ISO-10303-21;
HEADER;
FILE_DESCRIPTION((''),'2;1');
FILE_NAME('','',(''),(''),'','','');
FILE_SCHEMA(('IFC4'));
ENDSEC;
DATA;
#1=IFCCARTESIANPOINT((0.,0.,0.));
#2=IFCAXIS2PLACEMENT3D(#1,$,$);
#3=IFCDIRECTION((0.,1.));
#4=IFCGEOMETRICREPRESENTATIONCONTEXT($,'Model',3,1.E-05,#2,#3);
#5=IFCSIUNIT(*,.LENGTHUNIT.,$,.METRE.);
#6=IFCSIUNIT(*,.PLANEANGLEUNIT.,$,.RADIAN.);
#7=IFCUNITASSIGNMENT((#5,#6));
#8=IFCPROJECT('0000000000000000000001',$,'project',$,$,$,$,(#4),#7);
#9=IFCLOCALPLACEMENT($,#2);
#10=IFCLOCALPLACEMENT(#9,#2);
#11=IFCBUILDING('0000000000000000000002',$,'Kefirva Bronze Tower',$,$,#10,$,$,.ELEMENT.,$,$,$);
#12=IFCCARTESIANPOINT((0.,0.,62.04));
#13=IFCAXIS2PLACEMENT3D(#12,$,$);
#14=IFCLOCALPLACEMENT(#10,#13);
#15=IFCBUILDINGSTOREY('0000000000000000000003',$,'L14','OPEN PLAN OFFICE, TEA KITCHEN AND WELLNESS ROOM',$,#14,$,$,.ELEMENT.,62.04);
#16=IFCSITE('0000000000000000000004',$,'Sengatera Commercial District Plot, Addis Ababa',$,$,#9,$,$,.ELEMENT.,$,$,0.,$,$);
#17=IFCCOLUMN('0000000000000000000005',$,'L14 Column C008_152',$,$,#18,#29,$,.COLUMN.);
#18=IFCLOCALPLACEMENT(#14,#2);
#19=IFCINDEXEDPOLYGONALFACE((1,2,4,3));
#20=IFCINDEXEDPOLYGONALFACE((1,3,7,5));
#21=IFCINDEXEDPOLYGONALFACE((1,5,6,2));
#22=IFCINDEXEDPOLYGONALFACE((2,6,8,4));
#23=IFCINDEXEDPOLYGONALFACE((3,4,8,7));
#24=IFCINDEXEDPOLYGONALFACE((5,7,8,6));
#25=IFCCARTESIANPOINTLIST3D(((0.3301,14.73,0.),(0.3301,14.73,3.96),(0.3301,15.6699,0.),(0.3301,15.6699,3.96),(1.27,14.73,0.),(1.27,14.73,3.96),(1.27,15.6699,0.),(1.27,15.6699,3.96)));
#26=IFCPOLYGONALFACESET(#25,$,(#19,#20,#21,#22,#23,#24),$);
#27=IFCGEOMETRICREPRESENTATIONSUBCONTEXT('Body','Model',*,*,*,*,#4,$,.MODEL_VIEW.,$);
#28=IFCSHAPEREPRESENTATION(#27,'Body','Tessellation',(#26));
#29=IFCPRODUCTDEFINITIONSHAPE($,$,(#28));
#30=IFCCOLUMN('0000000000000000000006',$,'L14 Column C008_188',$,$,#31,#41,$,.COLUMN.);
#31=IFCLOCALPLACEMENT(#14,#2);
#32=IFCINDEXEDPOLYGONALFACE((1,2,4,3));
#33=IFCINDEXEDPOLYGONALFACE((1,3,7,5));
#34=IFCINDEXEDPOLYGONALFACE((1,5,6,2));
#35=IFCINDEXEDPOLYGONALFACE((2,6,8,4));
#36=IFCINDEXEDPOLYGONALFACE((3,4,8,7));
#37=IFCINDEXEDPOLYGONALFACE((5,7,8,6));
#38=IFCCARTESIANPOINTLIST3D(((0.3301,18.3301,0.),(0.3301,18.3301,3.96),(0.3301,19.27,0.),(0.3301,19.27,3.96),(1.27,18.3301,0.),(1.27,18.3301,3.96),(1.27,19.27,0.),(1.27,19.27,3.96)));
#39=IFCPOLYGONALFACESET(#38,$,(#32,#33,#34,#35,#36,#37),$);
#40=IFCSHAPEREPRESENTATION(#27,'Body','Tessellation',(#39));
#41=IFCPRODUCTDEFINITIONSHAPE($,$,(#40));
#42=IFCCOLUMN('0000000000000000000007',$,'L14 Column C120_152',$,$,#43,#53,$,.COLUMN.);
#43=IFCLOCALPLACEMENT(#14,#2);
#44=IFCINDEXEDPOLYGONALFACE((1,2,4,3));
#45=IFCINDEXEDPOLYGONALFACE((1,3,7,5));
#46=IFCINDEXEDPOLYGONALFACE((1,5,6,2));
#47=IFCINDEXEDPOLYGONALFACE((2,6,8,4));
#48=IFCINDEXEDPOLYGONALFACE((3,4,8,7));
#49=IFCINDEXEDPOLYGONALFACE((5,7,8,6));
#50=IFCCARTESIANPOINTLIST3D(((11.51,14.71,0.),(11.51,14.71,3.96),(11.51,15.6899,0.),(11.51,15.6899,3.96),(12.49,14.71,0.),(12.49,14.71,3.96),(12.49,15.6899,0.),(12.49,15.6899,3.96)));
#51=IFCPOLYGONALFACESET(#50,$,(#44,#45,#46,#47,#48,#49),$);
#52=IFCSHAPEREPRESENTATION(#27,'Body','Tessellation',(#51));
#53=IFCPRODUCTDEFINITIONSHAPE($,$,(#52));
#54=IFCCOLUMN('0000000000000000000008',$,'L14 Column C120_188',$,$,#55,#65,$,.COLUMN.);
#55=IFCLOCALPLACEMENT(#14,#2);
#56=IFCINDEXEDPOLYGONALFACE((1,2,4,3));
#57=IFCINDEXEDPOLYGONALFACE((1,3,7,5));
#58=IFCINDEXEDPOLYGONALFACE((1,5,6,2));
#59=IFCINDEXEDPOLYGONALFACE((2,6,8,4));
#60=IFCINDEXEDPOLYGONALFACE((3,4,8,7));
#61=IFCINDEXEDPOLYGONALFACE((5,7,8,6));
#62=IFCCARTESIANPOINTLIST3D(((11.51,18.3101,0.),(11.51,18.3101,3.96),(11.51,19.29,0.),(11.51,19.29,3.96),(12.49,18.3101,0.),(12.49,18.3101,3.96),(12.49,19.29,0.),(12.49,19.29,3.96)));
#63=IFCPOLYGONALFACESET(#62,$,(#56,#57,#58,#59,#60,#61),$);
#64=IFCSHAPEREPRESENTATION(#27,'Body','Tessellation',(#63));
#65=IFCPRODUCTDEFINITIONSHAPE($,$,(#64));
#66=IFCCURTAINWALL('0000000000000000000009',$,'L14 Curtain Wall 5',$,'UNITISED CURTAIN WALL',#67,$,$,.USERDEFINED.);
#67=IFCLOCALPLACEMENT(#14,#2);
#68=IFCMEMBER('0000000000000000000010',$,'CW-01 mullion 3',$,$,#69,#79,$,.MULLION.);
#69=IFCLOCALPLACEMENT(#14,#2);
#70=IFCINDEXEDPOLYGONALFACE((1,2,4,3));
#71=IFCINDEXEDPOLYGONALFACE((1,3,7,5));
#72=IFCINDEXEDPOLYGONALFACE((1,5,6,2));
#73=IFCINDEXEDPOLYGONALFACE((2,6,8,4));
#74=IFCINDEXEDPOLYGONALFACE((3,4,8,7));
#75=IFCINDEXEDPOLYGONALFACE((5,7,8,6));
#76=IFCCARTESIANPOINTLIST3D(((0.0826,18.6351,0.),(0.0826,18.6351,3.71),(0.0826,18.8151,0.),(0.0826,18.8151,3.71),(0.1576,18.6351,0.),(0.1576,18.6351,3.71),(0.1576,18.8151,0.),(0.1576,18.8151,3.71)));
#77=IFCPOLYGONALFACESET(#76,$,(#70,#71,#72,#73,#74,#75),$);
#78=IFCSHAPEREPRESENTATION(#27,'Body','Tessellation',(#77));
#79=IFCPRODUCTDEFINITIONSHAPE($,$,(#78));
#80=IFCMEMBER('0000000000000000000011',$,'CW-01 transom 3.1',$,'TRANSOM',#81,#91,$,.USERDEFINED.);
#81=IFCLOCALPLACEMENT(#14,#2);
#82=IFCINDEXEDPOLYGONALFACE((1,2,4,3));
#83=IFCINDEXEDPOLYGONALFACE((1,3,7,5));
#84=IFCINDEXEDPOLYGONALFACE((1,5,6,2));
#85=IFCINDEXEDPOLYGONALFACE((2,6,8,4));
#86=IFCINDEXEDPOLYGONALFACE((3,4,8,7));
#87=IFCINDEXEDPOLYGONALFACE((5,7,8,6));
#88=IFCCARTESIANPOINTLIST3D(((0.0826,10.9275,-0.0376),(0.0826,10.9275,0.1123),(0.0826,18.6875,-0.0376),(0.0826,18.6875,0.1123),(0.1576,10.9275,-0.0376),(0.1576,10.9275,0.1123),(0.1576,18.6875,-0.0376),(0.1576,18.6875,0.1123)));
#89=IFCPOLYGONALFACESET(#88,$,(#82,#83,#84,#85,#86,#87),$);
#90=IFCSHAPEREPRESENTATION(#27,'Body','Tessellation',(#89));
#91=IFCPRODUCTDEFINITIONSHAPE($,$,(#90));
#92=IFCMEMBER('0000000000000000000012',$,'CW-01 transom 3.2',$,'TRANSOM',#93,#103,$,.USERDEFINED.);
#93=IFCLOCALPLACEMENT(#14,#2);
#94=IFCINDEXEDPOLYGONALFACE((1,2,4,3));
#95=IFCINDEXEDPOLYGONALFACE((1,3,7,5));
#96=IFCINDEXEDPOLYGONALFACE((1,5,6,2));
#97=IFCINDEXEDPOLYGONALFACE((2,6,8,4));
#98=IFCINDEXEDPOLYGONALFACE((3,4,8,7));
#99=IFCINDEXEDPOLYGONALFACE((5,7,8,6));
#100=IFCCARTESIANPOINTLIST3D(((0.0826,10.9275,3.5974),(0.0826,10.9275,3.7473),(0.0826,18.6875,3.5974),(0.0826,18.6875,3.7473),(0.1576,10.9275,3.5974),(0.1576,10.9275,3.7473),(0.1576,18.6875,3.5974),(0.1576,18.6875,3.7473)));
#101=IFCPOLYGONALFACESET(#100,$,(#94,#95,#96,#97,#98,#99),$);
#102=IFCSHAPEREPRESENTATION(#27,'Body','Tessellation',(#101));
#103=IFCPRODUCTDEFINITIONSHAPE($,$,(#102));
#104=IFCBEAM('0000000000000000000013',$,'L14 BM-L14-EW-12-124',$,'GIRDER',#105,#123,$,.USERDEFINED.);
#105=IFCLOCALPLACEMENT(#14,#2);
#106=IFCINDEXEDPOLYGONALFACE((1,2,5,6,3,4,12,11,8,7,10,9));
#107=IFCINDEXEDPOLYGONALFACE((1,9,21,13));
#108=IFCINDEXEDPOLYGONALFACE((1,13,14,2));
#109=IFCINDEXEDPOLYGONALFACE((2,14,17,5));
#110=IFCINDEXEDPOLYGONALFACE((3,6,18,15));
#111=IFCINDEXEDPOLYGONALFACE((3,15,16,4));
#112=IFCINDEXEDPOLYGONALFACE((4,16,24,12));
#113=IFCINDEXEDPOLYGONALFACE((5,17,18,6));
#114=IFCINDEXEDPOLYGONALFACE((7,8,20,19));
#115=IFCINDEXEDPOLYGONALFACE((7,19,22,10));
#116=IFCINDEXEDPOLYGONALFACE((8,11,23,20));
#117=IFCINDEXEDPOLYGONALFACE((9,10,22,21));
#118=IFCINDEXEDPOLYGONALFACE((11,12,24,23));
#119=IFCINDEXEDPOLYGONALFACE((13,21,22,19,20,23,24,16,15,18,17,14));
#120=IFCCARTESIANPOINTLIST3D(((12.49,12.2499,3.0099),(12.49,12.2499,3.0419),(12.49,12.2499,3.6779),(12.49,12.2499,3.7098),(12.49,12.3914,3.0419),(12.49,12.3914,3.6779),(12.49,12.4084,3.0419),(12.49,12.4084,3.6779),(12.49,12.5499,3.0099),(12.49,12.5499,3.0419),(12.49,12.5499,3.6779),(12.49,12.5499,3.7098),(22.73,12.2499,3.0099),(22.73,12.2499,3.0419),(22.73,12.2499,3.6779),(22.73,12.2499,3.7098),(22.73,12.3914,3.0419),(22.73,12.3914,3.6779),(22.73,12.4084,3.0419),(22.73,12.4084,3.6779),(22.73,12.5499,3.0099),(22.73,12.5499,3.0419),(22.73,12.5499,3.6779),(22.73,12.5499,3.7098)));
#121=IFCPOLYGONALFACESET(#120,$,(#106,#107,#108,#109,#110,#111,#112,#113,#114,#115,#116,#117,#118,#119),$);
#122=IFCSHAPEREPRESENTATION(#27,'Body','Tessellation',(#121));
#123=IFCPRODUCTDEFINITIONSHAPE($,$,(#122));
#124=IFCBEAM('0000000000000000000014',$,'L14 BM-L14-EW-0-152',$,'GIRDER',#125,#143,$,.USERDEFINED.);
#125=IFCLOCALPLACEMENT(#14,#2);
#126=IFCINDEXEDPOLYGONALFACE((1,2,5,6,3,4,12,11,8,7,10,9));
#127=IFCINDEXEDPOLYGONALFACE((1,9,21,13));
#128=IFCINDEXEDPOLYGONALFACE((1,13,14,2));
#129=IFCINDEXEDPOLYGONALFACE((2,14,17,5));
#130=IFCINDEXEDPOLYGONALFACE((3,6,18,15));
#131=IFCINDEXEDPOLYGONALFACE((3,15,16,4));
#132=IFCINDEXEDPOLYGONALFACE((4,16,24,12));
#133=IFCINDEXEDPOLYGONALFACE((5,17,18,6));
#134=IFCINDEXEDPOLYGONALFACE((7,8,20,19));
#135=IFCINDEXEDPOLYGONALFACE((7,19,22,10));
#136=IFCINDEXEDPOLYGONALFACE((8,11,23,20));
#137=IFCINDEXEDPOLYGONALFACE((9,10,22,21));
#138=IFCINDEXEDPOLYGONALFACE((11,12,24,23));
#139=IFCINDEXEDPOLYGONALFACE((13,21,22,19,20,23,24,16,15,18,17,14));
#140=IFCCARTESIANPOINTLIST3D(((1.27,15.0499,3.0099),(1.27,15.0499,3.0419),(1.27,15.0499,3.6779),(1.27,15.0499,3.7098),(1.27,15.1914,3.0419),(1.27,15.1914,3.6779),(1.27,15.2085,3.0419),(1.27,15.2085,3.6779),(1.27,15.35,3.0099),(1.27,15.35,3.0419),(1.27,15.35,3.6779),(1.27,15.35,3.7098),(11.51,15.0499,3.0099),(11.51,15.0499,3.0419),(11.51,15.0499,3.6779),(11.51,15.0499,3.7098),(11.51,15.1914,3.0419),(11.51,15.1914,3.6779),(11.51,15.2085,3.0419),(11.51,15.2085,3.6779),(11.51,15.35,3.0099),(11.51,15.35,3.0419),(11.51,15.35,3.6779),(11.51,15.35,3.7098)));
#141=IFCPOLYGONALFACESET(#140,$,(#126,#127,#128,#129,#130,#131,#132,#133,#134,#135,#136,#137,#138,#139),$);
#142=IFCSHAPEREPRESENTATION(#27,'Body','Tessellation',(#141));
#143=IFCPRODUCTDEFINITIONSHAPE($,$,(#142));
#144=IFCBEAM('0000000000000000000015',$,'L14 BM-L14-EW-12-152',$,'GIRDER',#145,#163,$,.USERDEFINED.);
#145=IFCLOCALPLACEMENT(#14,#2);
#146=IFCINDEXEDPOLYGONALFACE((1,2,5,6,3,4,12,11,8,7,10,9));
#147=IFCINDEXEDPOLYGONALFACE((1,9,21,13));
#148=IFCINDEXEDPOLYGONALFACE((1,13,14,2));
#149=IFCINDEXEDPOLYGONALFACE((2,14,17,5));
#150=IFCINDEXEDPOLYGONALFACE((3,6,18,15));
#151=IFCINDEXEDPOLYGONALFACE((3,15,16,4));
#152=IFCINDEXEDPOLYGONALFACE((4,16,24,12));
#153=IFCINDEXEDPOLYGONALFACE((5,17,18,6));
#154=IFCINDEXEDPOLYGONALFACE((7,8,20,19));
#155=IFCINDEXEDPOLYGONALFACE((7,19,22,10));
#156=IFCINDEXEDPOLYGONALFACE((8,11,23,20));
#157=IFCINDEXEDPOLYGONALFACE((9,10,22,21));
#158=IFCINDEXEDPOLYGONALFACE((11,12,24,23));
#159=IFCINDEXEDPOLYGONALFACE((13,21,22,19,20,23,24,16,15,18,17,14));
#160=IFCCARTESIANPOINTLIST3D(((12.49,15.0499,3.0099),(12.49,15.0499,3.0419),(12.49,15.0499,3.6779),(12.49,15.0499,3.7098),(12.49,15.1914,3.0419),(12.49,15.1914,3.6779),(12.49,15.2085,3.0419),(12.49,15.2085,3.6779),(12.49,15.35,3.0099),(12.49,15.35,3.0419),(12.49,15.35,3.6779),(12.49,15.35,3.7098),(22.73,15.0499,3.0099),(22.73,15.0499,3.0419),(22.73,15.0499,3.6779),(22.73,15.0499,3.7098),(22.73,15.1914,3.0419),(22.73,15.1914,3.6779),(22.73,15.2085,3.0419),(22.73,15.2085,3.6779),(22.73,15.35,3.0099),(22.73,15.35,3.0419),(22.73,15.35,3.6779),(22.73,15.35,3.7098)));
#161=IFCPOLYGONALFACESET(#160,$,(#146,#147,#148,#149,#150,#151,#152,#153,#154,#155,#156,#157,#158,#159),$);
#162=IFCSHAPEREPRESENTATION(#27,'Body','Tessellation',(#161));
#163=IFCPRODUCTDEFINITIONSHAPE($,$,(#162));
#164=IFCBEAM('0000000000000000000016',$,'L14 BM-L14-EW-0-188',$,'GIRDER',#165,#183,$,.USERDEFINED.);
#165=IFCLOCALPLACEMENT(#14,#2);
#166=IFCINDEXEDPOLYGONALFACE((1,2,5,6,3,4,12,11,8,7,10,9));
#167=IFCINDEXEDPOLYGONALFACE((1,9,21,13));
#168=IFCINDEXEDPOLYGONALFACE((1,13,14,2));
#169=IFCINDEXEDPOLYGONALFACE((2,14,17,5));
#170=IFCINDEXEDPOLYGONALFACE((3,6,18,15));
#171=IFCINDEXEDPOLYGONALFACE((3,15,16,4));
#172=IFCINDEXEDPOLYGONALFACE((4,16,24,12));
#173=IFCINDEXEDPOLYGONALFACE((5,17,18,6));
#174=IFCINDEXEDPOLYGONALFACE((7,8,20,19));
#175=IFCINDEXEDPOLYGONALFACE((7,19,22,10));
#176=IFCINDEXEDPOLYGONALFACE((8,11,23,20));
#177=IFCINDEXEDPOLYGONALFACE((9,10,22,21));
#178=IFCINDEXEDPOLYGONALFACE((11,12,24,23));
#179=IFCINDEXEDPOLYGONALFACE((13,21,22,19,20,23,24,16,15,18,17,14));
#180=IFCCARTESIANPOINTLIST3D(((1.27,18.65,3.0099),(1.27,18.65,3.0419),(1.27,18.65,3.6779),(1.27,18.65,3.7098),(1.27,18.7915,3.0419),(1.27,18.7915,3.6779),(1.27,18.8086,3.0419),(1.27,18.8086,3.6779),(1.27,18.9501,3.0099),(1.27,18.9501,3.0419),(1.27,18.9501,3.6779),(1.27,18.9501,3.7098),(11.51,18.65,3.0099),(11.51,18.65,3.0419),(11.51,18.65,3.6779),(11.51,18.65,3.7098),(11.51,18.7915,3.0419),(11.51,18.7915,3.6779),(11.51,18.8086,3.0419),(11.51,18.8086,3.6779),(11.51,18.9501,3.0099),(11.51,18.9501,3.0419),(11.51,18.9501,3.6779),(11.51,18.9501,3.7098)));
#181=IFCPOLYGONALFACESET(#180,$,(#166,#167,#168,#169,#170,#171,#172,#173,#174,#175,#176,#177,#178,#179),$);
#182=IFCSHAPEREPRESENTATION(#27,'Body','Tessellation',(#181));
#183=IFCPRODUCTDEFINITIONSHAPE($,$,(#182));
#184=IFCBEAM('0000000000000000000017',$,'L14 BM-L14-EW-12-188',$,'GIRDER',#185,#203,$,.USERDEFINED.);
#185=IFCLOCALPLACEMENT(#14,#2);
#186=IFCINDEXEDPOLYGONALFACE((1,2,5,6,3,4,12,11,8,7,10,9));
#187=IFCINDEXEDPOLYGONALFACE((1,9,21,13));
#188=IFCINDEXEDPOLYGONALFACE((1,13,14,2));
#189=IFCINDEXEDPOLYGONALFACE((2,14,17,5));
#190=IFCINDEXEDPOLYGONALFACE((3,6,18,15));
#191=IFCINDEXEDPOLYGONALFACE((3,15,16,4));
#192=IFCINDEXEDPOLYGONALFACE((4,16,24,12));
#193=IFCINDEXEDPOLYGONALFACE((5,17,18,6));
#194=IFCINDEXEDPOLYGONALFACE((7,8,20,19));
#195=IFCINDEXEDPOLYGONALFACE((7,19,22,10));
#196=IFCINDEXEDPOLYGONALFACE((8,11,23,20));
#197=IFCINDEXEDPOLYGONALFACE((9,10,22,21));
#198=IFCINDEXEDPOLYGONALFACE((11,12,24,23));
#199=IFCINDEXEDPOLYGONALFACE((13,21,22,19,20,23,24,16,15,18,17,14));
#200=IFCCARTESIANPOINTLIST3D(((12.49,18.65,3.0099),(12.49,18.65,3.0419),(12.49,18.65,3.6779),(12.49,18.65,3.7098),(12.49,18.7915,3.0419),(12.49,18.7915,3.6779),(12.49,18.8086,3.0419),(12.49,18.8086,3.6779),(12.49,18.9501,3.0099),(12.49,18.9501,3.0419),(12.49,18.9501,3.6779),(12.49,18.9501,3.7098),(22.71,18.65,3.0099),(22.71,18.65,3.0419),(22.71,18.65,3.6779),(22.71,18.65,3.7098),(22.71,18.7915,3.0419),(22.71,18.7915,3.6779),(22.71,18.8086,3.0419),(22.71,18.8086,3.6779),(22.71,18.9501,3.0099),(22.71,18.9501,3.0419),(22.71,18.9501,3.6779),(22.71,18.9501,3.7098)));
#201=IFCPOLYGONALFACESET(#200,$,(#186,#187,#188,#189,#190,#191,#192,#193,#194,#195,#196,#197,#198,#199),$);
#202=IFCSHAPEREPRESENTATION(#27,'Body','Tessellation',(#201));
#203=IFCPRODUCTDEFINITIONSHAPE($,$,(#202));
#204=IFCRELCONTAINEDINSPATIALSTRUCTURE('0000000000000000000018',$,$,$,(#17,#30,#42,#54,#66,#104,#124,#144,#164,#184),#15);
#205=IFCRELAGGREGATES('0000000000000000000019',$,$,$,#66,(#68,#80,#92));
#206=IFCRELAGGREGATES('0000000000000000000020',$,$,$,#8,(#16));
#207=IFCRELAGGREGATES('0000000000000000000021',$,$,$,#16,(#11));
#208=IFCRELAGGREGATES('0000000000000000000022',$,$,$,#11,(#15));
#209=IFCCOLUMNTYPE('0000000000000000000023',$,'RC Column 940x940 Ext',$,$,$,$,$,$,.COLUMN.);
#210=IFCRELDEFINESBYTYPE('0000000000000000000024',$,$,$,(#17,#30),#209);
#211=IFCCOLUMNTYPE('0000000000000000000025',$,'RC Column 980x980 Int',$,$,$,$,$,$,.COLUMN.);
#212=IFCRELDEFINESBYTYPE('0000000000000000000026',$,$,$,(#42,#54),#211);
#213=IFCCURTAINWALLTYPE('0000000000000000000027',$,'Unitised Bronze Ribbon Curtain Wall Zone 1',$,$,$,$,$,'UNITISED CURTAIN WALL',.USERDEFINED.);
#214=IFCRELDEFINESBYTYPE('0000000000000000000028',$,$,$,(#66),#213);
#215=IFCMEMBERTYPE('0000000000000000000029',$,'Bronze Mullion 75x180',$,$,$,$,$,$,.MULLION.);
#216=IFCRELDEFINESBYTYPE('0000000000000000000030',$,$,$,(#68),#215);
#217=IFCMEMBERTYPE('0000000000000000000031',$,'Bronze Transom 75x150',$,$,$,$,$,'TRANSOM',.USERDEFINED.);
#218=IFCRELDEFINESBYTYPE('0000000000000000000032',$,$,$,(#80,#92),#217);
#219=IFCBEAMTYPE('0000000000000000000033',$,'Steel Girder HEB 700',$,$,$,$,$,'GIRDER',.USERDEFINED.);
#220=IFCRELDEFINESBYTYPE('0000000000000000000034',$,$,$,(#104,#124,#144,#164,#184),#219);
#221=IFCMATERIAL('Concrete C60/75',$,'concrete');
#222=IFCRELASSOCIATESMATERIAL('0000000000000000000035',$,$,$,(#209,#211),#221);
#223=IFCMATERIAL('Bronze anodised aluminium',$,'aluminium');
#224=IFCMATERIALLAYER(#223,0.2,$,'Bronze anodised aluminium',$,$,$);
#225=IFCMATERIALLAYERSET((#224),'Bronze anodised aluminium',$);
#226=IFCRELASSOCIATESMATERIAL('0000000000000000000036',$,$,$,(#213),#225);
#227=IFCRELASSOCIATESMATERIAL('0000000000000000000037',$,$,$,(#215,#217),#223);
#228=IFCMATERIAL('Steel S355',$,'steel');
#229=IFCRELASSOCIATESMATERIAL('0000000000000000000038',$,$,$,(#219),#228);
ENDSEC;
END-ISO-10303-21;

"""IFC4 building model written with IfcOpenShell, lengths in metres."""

from ifc_helpers import new_model, si_unit, direction, frame, origin, origin_2d, place, context, subcontext, project, spatial, rectangle, i_section, extrude, material, layer, layer_set, material_profile, profile_set, type_object, element, aggregate, save


model = new_model("IFC4")

# Units and contexts
model_context = context("Model", 3, precision=1e-05, world=origin(), true_north=direction((0.0, 1.0)))
body_context = subcontext(model_context, "Body", "Model", "MODEL_VIEW")
ifc_project = project(units=[si_unit("LENGTHUNIT", "METRE"), si_unit("PLANEANGLEUNIT", "RADIAN")], contexts=[model_context])

# Site, building, storey
site_placement = place(None, origin())
site = spatial("IfcSite", under=ifc_project, at=site_placement, Name="Sengatera Commercial District Plot, Addis Ababa", CompositionType="ELEMENT", RefElevation=0.0)
building_placement = place(site_placement, origin())
building = spatial("IfcBuilding", under=site, at=building_placement, Name="Kefirva Bronze Tower", CompositionType="ELEMENT")
storey_placement = place(building_placement, frame((0.0, 0.0, 62.04)))
storey = spatial("IfcBuildingStorey", under=building, at=storey_placement, Name="L14", Description="OPEN PLAN OFFICE, TEA KITCHEN AND WELLNESS ROOM", CompositionType="ELEMENT", Elevation=62.04)

# Columns
ifc_material_1 = material(Name="Concrete C60/75", Category="concrete")
ifc_material_profile_1 = material_profile(ifc_material_1, rectangle(XDim=0.9399, YDim=0.9399, at=origin_2d()), Name="RC 940x940")
ifc_profile_set_1 = profile_set([ifc_material_profile_1], Name="Concrete C60/75")
column_type_1 = type_object("IfcColumnType", Name="RC Column 940x940 Ext", PredefinedType="COLUMN", material=ifc_profile_set_1)
for number, where, z_axis, x_axis, name in (
    (1, (0.8, 15.2, 0.0), (0.0, 0.0, 1.0), (1.0, 0.0, 0.0), "L14 Column C008_152"),
    (2, (0.8, 18.8, 0.0), (0.0, 0.0, 1.0), (1.0, 0.0, 0.0), "L14 Column C008_188"),
):
    element("IfcColumn", number, at=place(storey_placement, frame(where, z_axis=z_axis, x_axis=x_axis)), inside=storey, type_object=column_type_1, Name=name, PredefinedType="COLUMN", context=body_context, shape_type="SweptSolid", body=[
        extrude(rectangle(XDim=0.9399, YDim=0.9399, at=origin_2d()), origin(), (0.0, 0.0, 1.0), 3.96),
    ])
ifc_material_profile_2 = material_profile(ifc_material_1, rectangle(XDim=0.98, YDim=0.98, at=origin_2d()), Name="RC 980x980")
ifc_profile_set_2 = profile_set([ifc_material_profile_2], Name="Concrete C60/75")
column_type_2 = type_object("IfcColumnType", Name="RC Column 980x980 Int", PredefinedType="COLUMN", material=ifc_profile_set_2)
for number, where, z_axis, x_axis, name in (
    (3, (12.0, 15.2, 0.0), (0.0, 0.0, 1.0), (1.0, 0.0, 0.0), "L14 Column C120_152"),
    (4, (12.0, 18.8, 0.0), (0.0, 0.0, 1.0), (1.0, 0.0, 0.0), "L14 Column C120_188"),
):
    element("IfcColumn", number, at=place(storey_placement, frame(where, z_axis=z_axis, x_axis=x_axis)), inside=storey, type_object=column_type_2, Name=name, PredefinedType="COLUMN", context=body_context, shape_type="SweptSolid", body=[
        extrude(rectangle(XDim=0.98, YDim=0.98, at=origin_2d()), origin(), (0.0, 0.0, 1.0), 3.96),
    ])

# Curtain wall, members
ifc_material_2 = material(Name="Bronze anodised aluminium", Category="aluminium")
ifc_layer_1 = layer(ifc_material_2, 0.2, Name="Bronze anodised aluminium")
ifc_layer_set_1 = layer_set([ifc_layer_1], Name="Bronze anodised aluminium")
curtain_wall_type = type_object("IfcCurtainWallType", Name="Unitised Bronze Ribbon Curtain Wall Zone 1", ElementType="UNITISED CURTAIN WALL", PredefinedType="USERDEFINED", material=ifc_layer_set_1)
curtain_wall_placement = place(storey_placement, origin())
curtain_wall = element("IfcCurtainWall", 5, at=curtain_wall_placement, inside=storey, type_object=curtain_wall_type, Name="L14 Curtain Wall 5", ObjectType="UNITISED CURTAIN WALL", PredefinedType="USERDEFINED")
ifc_material_profile_3 = material_profile(ifc_material_2, rectangle(XDim=0.075, YDim=0.1799, at=origin_2d()), Name="ALU 75x180")
ifc_profile_set_3 = profile_set([ifc_material_profile_3], Name="Bronze anodised aluminium")
member_type_1 = type_object("IfcMemberType", Name="Bronze Mullion 75x180", PredefinedType="MULLION", material=ifc_profile_set_3)
member_1_placement = place(storey_placement, frame((0.1201, 18.7251, 0.0), z_axis=(0.0, 0.0, 1.0), x_axis=(1.0, 0.0, 0.0)))
member_1 = element("IfcMember", 6, at=member_1_placement, type_object=member_type_1, Name="CW-01 mullion 3", PredefinedType="MULLION", context=body_context, shape_type="SweptSolid", body=[
    extrude(rectangle(XDim=0.075, YDim=0.1799, at=origin_2d()), origin(), (0.0, 0.0, 1.0), 3.71),
])
ifc_material_profile_4 = material_profile(ifc_material_2, rectangle(XDim=0.075, YDim=0.1499, at=origin_2d()), Name="ALU 75x150")
ifc_profile_set_4 = profile_set([ifc_material_profile_4], Name="Bronze anodised aluminium")
member_type_2 = type_object("IfcMemberType", Name="Bronze Transom 75x150", ElementType="TRANSOM", PredefinedType="USERDEFINED", material=ifc_profile_set_4)
member_2_placement = place(storey_placement, frame((0.1201, 18.6875, 0.0374), z_axis=(0.0, -1.0, 0.0), x_axis=(1.0, 0.0, 0.0)))
member_2 = element("IfcMember", 7, at=member_2_placement, type_object=member_type_2, Name="CW-01 transom 3.1", ObjectType="TRANSOM", PredefinedType="USERDEFINED", context=body_context, shape_type="SweptSolid", body=[
    extrude(rectangle(XDim=0.075, YDim=0.1499, at=origin_2d()), origin(), (0.0, 0.0, 1.0), 7.76),
])
member_3_placement = place(storey_placement, frame((0.1201, 18.6875, 3.6724), z_axis=(0.0, -1.0, 0.0), x_axis=(1.0, 0.0, 0.0)))
member_3 = element("IfcMember", 8, at=member_3_placement, type_object=member_type_2, Name="CW-01 transom 3.2", ObjectType="TRANSOM", PredefinedType="USERDEFINED", context=body_context, shape_type="SweptSolid", body=[
    extrude(rectangle(XDim=0.075, YDim=0.1499, at=origin_2d()), origin(), (0.0, 0.0, 1.0), 7.76),
])

# Beams
ifc_material_3 = material(Name="Steel S355", Category="steel")
ifc_material_profile_5 = material_profile(ifc_material_3, i_section(OverallWidth=0.3, OverallDepth=0.7, WebThickness=0.0171, FlangeThickness=0.032, at=origin_2d()), Name="HEB 700")
ifc_profile_set_5 = profile_set([ifc_material_profile_5], Name="Steel S355")
beam_type_1 = type_object("IfcBeamType", Name="Steel Girder HEB 700", ElementType="GIRDER", PredefinedType="USERDEFINED", material=ifc_profile_set_5)
for number, where, z_axis, x_axis, name in (
    (9, (12.49, 12.3999, 3.3599), (1.0, 0.0, 0.0), (0.0, 1.0, 0.0), "L14 BM-L14-EW-12-124"),
    (10, (1.27, 15.2, 3.3599), (1.0, 0.0, 0.0), (0.0, 1.0, 0.0), "L14 BM-L14-EW-0-152"),
    (11, (12.49, 15.2, 3.3599), (1.0, 0.0, 0.0), (0.0, 1.0, 0.0), "L14 BM-L14-EW-12-152"),
    (12, (1.27, 18.8, 3.3599), (1.0, 0.0, 0.0), (0.0, 1.0, 0.0), "L14 BM-L14-EW-0-188"),
):
    element("IfcBeam", number, at=place(storey_placement, frame(where, z_axis=z_axis, x_axis=x_axis)), inside=storey, type_object=beam_type_1, Name=name, ObjectType="GIRDER", PredefinedType="USERDEFINED", context=body_context, shape_type="SweptSolid", body=[
        extrude(i_section(OverallWidth=0.3, OverallDepth=0.7, WebThickness=0.0171, FlangeThickness=0.032, at=origin_2d()), origin(), (0.0, 0.0, 1.0), 10.24),
    ])
beam_1_placement = place(storey_placement, frame((12.49, 18.8, 3.3599), z_axis=(1.0, 0.0, 0.0), x_axis=(0.0, 1.0, 0.0)))
element("IfcBeam", 13, at=beam_1_placement, inside=storey, type_object=beam_type_1, Name="L14 BM-L14-EW-12-188", ObjectType="GIRDER", PredefinedType="USERDEFINED", context=body_context, shape_type="SweptSolid", body=[
    extrude(i_section(OverallWidth=0.3, OverallDepth=0.7, WebThickness=0.0171, FlangeThickness=0.032, at=origin_2d()), origin(), (0.0, 0.0, 1.0), 10.22),
])

aggregate(curtain_wall, [member_1, member_2, member_3])

save(model, "model.ifc")
